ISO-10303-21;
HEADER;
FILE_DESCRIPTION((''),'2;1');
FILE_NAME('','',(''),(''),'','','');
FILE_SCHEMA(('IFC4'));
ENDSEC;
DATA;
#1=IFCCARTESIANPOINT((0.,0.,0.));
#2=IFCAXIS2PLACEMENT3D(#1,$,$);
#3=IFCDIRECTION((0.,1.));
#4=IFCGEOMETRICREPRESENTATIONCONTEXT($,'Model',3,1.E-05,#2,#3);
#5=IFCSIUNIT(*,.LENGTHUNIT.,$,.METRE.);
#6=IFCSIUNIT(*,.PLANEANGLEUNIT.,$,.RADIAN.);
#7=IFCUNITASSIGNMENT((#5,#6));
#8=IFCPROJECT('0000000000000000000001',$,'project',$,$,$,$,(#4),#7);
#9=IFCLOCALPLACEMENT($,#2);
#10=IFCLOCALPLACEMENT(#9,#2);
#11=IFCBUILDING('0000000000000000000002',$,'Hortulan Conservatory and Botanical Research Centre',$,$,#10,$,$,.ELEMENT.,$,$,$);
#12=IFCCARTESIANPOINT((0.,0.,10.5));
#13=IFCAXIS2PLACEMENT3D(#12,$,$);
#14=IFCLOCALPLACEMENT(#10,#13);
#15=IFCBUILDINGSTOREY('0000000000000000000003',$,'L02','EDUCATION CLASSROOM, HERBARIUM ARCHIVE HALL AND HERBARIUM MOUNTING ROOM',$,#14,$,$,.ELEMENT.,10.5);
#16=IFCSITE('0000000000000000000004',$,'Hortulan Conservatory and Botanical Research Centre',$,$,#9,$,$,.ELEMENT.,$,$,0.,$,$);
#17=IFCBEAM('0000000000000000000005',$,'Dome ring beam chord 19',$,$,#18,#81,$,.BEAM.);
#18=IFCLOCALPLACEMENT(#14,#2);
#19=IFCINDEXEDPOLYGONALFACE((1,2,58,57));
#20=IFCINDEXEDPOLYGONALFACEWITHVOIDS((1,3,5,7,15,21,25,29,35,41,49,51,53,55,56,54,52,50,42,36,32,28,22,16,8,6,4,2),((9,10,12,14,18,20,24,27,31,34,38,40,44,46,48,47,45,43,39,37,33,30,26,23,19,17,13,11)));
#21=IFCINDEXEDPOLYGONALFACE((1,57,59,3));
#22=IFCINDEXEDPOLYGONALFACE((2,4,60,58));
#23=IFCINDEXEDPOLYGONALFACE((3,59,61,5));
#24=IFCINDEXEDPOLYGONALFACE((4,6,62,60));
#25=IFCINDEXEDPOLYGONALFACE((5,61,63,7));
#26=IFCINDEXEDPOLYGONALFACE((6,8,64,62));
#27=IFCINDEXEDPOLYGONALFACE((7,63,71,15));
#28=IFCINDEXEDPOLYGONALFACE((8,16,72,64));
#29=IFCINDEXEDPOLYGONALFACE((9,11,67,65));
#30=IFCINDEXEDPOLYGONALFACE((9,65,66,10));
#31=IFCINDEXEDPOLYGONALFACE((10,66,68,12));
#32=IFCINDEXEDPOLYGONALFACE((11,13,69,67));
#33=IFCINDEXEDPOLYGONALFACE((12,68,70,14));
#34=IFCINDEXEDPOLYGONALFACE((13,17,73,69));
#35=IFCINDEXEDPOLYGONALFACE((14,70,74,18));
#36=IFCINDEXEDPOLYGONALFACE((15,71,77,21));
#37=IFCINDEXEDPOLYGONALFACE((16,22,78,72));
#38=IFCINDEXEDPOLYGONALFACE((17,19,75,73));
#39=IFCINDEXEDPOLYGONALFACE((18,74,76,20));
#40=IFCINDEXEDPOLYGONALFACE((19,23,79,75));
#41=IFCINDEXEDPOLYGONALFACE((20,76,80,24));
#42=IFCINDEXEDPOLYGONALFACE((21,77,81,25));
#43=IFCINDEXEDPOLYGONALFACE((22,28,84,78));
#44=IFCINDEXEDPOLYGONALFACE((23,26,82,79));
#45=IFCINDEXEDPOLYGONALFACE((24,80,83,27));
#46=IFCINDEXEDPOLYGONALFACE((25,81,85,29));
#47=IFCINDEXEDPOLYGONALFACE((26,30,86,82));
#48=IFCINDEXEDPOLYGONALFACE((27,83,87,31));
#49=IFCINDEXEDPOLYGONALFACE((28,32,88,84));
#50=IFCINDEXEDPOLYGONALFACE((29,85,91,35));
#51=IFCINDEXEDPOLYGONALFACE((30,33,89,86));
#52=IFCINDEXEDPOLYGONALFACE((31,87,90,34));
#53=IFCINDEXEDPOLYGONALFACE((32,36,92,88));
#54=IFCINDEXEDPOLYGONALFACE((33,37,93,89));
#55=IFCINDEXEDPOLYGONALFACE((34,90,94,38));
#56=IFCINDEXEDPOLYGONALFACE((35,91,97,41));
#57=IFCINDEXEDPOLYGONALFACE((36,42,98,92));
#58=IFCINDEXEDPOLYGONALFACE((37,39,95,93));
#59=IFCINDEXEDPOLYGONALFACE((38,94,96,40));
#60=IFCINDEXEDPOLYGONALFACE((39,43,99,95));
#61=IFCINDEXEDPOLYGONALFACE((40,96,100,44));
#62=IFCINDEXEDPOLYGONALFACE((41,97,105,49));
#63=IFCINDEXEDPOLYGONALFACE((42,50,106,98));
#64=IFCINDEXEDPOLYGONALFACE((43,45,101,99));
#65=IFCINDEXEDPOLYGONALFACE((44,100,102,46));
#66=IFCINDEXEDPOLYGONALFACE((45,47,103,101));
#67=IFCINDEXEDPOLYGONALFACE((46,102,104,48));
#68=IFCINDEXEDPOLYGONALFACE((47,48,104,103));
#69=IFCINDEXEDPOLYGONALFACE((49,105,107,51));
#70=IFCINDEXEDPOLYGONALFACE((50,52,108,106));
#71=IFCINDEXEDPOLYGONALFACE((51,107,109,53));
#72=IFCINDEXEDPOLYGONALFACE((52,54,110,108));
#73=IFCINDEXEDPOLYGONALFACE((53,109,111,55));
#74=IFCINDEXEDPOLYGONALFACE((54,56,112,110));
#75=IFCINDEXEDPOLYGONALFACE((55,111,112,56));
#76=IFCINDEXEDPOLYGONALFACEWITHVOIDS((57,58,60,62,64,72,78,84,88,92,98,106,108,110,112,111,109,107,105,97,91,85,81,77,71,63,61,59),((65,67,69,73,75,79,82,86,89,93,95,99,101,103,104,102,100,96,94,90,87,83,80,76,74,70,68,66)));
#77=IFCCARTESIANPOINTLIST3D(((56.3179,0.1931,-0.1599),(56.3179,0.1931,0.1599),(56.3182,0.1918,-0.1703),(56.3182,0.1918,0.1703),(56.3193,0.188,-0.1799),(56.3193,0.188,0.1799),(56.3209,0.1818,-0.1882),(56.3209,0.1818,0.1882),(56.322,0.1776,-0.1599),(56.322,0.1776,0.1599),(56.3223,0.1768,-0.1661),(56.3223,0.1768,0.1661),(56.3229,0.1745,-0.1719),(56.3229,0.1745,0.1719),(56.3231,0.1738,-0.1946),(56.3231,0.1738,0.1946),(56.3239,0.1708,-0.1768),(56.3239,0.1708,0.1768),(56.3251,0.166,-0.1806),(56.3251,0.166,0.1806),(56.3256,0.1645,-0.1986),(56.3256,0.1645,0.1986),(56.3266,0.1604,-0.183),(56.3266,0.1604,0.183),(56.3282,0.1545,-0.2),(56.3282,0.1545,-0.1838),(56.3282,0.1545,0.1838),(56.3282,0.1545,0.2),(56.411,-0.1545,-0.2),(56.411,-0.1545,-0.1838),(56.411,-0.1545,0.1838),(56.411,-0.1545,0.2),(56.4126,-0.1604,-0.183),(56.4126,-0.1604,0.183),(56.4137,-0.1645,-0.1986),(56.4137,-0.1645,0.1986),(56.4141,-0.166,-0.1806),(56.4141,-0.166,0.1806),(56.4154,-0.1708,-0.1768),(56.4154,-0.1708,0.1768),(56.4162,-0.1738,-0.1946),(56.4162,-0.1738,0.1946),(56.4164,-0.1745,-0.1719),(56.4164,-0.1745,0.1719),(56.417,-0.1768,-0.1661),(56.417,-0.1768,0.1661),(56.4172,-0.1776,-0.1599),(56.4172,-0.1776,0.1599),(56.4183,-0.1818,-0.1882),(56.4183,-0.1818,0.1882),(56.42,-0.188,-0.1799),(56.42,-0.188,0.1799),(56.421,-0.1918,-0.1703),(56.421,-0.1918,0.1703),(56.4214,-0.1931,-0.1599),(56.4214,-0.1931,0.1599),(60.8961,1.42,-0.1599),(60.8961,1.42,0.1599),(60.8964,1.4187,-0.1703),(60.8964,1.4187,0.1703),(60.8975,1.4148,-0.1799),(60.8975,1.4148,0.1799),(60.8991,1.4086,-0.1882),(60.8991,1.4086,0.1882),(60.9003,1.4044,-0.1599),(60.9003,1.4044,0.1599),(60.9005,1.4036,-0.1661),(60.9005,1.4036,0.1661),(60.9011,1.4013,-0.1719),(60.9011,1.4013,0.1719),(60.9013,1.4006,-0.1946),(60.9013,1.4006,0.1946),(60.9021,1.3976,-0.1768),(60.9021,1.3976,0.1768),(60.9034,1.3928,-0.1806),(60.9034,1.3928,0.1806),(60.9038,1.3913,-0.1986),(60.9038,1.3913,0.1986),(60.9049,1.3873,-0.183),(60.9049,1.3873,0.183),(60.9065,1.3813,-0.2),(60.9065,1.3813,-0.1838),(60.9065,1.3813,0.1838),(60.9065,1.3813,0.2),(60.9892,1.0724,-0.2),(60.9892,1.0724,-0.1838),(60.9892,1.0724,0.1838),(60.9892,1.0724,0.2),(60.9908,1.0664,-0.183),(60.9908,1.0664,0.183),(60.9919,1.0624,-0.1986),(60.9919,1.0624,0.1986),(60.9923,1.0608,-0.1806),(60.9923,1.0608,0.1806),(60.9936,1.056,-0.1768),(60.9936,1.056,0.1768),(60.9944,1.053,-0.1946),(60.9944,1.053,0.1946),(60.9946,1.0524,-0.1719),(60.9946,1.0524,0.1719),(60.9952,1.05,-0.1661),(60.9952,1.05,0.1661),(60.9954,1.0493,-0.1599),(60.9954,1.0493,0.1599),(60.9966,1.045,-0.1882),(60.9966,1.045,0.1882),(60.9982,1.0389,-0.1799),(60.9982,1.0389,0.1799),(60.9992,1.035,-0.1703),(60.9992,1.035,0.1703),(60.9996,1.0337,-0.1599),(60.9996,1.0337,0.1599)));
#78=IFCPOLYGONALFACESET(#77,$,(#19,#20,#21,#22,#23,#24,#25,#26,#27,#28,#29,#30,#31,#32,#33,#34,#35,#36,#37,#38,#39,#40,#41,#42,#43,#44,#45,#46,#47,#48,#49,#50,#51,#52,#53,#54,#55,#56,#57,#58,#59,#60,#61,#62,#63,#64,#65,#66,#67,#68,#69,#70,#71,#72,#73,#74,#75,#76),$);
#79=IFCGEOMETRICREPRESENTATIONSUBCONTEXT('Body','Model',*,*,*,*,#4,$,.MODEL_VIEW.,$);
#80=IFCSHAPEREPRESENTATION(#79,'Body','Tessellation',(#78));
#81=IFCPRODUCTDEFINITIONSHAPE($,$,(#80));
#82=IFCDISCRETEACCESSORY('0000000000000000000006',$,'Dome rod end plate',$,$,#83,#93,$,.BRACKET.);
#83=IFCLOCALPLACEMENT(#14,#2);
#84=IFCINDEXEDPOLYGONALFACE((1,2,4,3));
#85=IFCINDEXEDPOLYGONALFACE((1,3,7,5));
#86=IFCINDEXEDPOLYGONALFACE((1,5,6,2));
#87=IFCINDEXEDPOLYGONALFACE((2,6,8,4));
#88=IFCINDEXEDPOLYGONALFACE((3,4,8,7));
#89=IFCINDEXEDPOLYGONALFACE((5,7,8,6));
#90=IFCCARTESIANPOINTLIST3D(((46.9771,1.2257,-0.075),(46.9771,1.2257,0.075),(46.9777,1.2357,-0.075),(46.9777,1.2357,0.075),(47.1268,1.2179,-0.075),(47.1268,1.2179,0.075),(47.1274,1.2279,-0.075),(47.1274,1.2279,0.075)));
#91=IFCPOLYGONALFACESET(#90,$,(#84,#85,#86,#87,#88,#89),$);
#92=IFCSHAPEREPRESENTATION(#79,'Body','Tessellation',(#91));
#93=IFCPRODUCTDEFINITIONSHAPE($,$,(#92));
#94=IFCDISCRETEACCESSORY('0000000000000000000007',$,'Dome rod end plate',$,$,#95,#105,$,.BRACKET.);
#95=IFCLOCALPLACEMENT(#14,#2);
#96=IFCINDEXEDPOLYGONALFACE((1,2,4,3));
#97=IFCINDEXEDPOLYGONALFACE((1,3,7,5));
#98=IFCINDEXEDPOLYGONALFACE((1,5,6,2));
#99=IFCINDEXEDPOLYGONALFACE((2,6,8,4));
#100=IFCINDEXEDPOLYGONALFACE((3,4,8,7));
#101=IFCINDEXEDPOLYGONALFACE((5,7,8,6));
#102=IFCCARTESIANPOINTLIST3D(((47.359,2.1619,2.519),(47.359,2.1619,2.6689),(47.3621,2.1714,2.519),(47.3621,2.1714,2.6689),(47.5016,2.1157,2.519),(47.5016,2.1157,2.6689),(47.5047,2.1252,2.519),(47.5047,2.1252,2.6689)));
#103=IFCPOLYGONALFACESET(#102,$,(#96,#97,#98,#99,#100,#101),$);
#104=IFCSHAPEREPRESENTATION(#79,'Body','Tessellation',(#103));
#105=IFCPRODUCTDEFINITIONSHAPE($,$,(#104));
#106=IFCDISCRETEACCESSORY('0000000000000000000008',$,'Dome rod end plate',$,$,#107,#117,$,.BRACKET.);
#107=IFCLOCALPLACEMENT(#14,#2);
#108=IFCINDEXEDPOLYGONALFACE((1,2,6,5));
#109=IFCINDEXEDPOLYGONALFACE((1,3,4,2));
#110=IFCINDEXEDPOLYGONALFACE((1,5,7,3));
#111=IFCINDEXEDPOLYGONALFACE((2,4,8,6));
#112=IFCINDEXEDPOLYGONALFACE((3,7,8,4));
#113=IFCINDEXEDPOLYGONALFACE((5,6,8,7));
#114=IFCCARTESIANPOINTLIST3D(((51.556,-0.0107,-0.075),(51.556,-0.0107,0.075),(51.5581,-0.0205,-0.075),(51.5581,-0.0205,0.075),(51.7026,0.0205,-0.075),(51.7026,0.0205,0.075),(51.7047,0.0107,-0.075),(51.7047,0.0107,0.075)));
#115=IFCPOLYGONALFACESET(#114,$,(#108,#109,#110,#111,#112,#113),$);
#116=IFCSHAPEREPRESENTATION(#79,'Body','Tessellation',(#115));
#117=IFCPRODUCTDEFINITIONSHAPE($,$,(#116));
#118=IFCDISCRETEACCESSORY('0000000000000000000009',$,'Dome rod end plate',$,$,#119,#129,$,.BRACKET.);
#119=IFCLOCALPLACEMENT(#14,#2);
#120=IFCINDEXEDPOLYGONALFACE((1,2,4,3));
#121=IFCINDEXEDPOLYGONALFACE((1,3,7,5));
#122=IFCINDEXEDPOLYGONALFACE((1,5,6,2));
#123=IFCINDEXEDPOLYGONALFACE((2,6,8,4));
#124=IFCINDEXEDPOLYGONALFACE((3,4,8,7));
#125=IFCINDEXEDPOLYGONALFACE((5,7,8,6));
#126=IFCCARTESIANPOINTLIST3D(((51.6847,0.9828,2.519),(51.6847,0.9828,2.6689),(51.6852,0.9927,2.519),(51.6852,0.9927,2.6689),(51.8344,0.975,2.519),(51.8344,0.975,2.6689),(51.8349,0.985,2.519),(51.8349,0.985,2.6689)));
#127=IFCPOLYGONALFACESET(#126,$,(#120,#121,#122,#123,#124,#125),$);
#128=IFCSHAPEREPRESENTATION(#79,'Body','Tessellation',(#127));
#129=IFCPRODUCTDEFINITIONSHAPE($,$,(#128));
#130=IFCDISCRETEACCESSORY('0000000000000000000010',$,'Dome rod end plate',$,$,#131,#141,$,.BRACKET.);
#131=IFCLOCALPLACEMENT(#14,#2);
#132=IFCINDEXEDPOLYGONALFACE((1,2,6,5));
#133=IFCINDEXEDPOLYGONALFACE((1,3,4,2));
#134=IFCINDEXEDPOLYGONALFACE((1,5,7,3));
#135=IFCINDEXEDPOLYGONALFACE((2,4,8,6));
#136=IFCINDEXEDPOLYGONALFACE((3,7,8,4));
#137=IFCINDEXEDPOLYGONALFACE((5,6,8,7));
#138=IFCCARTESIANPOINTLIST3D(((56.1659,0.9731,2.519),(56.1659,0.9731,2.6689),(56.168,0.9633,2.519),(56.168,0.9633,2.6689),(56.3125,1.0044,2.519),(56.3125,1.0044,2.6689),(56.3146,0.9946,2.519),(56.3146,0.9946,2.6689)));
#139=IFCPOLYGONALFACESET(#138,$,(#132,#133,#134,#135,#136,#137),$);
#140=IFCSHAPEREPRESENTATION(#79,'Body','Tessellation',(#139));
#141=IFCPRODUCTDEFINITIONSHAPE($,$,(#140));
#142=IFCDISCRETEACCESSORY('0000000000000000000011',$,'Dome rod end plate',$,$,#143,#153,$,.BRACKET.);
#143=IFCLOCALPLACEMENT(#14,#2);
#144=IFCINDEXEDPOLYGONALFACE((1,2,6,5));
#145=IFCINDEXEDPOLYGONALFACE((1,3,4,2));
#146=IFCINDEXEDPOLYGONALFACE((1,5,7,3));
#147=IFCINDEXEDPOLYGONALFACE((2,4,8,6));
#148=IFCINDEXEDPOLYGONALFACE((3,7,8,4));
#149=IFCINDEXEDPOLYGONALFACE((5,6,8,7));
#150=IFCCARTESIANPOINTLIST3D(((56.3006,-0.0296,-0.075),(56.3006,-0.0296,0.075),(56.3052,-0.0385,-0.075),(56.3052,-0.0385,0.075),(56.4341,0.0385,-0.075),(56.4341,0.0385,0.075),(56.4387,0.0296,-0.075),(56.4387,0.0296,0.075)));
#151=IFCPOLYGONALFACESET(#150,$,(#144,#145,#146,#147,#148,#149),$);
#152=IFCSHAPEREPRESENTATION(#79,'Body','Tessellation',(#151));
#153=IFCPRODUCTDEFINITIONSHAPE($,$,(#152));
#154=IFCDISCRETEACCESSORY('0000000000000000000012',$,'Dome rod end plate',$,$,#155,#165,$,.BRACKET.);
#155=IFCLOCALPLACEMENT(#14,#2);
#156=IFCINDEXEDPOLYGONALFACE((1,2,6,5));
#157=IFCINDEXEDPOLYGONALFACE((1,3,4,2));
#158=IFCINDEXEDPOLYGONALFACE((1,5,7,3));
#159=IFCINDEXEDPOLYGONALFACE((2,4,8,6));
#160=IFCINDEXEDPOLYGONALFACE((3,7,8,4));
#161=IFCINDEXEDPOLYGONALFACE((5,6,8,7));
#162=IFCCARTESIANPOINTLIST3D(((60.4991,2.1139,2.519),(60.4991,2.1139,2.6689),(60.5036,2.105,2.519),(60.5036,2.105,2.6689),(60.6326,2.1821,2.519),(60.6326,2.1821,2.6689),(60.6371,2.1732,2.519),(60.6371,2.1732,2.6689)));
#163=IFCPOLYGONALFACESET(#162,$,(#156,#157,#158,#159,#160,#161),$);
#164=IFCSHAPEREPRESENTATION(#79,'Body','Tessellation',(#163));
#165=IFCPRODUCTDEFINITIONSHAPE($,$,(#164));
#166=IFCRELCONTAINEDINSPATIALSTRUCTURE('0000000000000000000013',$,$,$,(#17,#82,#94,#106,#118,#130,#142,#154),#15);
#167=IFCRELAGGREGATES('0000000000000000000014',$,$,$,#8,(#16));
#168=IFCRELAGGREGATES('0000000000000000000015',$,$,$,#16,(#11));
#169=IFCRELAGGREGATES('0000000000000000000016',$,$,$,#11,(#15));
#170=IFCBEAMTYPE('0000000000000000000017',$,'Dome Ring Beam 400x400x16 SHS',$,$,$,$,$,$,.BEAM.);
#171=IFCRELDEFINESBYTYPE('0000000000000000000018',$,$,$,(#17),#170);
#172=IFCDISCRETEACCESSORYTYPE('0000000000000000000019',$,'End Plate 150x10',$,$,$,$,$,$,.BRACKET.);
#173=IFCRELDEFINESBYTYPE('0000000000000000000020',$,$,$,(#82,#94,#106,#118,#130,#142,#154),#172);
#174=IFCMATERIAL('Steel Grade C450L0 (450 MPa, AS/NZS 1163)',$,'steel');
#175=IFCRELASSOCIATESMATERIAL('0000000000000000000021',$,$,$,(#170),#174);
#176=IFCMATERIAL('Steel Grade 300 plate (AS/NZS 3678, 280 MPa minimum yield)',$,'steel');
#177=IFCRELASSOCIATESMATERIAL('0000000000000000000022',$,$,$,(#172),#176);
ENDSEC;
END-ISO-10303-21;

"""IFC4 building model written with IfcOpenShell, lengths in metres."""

from ifc_helpers import new_model, si_unit, direction, frame, origin, origin_2d, place, context, subcontext, project, spatial, rectangle, hollow_rectangle, extrude, material, material_profile, profile_set, type_object, element, save


model = new_model("IFC4")

# Units and contexts
model_context = context("Model", 3, precision=1e-05, world=origin(), true_north=direction((0.0, 1.0)))
body_context = subcontext(model_context, "Body", "Model", "MODEL_VIEW")
ifc_project = project(units=[si_unit("LENGTHUNIT", "METRE"), si_unit("PLANEANGLEUNIT", "RADIAN")], contexts=[model_context])

# Site, building, storey
site_placement = place(None, origin())
site = spatial("IfcSite", under=ifc_project, at=site_placement, Name="Hortulan Conservatory and Botanical Research Centre", CompositionType="ELEMENT", RefElevation=0.0)
building_placement = place(site_placement, origin())
building = spatial("IfcBuilding", under=site, at=building_placement, Name="Hortulan Conservatory and Botanical Research Centre", CompositionType="ELEMENT")
storey_placement = place(building_placement, frame((0.0, 0.0, 10.5)))
storey = spatial("IfcBuildingStorey", under=building, at=storey_placement, Name="L02", Description="EDUCATION CLASSROOM, HERBARIUM ARCHIVE HALL AND HERBARIUM MOUNTING ROOM", CompositionType="ELEMENT", Elevation=10.5)

# Beam
ifc_material_1 = material(Name="Steel Grade C450L0 (450 MPa, AS/NZS 1163)", Category="steel")
ifc_material_profile_1 = material_profile(ifc_material_1, hollow_rectangle(XDim=0.3999, YDim=0.3999, WallThickness=0.0161, InnerFilletRadius=0.0239, OuterFilletRadius=0.04, at=origin_2d()), Name="400x400x16SHS")
ifc_profile_set_1 = profile_set([ifc_material_profile_1], Name="Steel Grade C450L0 (450 MPa, AS/NZS 1163)")
beam_type_1 = type_object("IfcBeamType", Name="Dome Ring Beam 400x400x16 SHS", PredefinedType="BEAM", material=ifc_profile_set_1)
beam_1_placement = place(storey_placement, frame((56.3696, 0.0, 0.0), z_axis=(0.96592, 0.258839, 0.0), x_axis=(-0.258839, 0.96592, 0.0)))
element("IfcBeam", 1, at=beam_1_placement, inside=storey, type_object=beam_type_1, Name="Dome ring beam chord 19", PredefinedType="BEAM", context=body_context, shape_type="SweptSolid", body=[
    extrude(hollow_rectangle(XDim=0.3999, YDim=0.3999, WallThickness=0.0161, InnerFilletRadius=0.0239, OuterFilletRadius=0.04, at=origin_2d()), origin(), (0.0, 0.0, 1.0), 4.7397),
])

# Discrete accessories
ifc_material_2 = material(Name="Steel Grade 300 plate (AS/NZS 3678, 280 MPa minimum yield)", Category="steel")
discrete_accessory_type = type_object("IfcDiscreteAccessoryType", Name="End Plate 150x10", PredefinedType="BRACKET", material=ifc_material_2)
for number, where, z_axis, x_axis, name in (
    (2, (47.0522, 1.2268, -0.075), (0.0, 0.0, 1.0), (0.998671, -0.051534, 0.0), "Dome rod end plate"),
    (3, (47.4319, 2.1436, 2.519), (0.0, 0.0, 1.0), (0.95131, -0.308237, 0.0), "Dome rod end plate"),
    (4, (51.6304, 0.0, -0.075), (0.0, 0.0, 1.0), (0.977977, 0.208714, 0.0), "Dome rod end plate"),
    (5, (51.7598, 0.9839, 2.519), (0.0, 0.0, 1.0), (0.998671, -0.051534, 0.0), "Dome rod end plate"),
    (6, (56.2402, 0.9839, 2.519), (0.0, 0.0, 1.0), (0.977977, 0.208714, 0.0), "Dome rod end plate"),
    (7, (56.3696, 0.0, -0.075), (0.0, 0.0, 1.0), (0.890634, 0.454721, 0.0), "Dome rod end plate"),
    (8, (60.5681, 2.1436, 2.519), (0.0, 0.0, 1.0), (0.890634, 0.454721, 0.0), "Dome rod end plate"),
):
    element("IfcDiscreteAccessory", number, at=place(storey_placement, frame(where, z_axis=z_axis, x_axis=x_axis)), inside=storey, type_object=discrete_accessory_type, Name=name, PredefinedType="BRACKET", context=body_context, shape_type="SweptSolid", body=[
        extrude(rectangle(XDim=0.1499, YDim=0.01, at=origin_2d()), origin(), (0.0, 0.0, 1.0), 0.1499),
    ])

save(model, "model.ifc")
